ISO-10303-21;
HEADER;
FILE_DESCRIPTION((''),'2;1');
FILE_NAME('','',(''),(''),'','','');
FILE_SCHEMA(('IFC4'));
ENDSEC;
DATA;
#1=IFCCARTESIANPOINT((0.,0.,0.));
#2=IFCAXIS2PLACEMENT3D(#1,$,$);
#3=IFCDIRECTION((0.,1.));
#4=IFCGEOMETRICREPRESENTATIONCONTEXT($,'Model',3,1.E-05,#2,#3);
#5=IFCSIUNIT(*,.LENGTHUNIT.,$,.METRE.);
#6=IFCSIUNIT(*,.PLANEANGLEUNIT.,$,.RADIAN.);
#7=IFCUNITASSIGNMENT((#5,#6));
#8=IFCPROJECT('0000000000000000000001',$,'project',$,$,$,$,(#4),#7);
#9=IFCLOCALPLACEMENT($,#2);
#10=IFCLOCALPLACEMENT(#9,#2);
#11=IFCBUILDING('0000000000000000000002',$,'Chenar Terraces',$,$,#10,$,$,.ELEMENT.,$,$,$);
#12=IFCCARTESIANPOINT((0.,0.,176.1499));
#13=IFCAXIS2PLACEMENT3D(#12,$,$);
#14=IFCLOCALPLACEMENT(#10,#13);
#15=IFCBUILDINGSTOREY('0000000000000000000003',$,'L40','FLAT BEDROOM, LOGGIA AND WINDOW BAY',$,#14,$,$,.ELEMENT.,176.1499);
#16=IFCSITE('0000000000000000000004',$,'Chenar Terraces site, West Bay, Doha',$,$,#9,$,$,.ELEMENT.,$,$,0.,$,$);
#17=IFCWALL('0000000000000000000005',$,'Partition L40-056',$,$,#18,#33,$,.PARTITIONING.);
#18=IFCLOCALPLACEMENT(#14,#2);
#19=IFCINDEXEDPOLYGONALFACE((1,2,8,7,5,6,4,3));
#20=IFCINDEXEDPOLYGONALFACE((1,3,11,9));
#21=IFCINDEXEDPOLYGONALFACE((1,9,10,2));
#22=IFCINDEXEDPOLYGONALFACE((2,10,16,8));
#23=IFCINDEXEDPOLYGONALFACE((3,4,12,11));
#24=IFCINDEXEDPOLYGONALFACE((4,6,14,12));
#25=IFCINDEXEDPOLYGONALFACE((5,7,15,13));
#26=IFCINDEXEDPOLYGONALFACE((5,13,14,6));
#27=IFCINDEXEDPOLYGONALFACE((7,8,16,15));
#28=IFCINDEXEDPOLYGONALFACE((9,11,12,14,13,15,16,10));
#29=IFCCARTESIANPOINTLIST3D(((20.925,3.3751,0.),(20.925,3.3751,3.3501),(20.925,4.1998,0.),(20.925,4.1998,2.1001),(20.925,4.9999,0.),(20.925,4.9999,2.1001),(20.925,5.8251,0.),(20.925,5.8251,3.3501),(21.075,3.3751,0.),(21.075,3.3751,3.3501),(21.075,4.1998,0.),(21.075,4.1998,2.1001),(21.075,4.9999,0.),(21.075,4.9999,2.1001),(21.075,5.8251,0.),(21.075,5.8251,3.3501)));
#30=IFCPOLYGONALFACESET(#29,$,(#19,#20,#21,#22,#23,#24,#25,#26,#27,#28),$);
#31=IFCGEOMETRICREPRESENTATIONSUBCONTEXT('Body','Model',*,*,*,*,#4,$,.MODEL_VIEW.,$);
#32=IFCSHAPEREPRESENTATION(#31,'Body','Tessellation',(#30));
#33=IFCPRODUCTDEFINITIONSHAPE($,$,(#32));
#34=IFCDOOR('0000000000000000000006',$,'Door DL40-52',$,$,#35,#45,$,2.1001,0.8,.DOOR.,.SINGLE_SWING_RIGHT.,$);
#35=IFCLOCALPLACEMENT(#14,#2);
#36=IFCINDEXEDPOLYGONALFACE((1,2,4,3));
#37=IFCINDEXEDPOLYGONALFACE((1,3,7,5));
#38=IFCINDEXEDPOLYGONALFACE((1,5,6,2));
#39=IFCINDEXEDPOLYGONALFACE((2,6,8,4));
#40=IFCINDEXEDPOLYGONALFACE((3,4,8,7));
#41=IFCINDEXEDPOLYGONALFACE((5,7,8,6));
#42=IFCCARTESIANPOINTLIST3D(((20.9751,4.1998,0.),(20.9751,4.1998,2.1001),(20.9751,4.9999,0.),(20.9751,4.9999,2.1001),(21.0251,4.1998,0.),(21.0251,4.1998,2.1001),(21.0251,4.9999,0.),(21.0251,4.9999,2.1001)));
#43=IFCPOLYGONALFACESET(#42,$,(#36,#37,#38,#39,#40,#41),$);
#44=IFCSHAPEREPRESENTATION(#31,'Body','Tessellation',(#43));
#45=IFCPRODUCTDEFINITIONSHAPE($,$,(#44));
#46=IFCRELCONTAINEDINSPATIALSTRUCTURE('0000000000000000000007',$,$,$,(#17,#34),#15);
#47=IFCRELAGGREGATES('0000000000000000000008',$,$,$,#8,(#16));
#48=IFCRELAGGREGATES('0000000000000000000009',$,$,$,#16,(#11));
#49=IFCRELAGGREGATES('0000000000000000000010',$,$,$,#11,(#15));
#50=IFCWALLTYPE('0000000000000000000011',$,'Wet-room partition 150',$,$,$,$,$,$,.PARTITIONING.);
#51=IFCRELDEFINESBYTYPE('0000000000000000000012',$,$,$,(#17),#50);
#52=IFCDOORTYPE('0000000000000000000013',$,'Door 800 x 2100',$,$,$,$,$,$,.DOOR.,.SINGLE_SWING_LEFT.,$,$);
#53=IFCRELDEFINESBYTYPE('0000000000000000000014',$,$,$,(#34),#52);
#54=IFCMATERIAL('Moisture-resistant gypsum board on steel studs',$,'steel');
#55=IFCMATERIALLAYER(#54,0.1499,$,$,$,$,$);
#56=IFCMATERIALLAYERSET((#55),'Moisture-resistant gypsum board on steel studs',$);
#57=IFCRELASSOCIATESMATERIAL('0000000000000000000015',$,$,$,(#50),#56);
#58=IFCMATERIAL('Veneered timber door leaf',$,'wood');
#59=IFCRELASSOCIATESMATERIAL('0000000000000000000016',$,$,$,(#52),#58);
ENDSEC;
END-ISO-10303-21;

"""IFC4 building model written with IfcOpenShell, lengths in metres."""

from ifc_helpers import new_model, si_unit, direction, frame, frame_2d, origin, place, context, subcontext, project, spatial, rectangle, extrude, material, layer, layer_set, type_object, element, fill, save


model = new_model("IFC4")

# Units and contexts
model_context = context("Model", 3, precision=1e-05, world=origin(), true_north=direction((0.0, 1.0)))
body_context = subcontext(model_context, "Body", "Model", "MODEL_VIEW")
ifc_project = project(units=[si_unit("LENGTHUNIT", "METRE"), si_unit("PLANEANGLEUNIT", "RADIAN")], contexts=[model_context])

# Site, building, storey
site_placement = place(None, origin())
site = spatial("IfcSite", under=ifc_project, at=site_placement, Name="Chenar Terraces site, West Bay, Doha", CompositionType="ELEMENT", RefElevation=0.0)
building_placement = place(site_placement, origin())
building = spatial("IfcBuilding", under=site, at=building_placement, Name="Chenar Terraces", CompositionType="ELEMENT")
storey_placement = place(building_placement, frame((0.0, 0.0, 176.1499)))
storey = spatial("IfcBuildingStorey", under=building, at=storey_placement, Name="L40", Description="FLAT BEDROOM, LOGGIA AND WINDOW BAY", CompositionType="ELEMENT", Elevation=176.1499)

# Shared definitions
ifc_material_1 = material(Name="Moisture-resistant gypsum board on steel studs", Category="steel")
ifc_layer_1 = layer(ifc_material_1, 0.1499)
ifc_layer_set_1 = layer_set([ifc_layer_1], Name="Moisture-resistant gypsum board on steel studs")
wall_type_1 = type_object("IfcWallType", Name="Wet-room partition 150", PredefinedType="PARTITIONING", material=ifc_layer_set_1)

# Wall, opening, door
wall_1_placement = place(storey_placement, frame((21.0, 3.375, 0.0), z_axis=(0.0, 0.0, 1.0), x_axis=(0.0, 1.0, 0.0)))
wall_1 = element("IfcWall", 1, at=wall_1_placement, inside=storey, type_object=wall_type_1, Name="Partition L40-056", PredefinedType="PARTITIONING", context=body_context, shape_type="SweptSolid", body=[
    extrude(rectangle(XDim=2.45, YDim=0.1499, at=frame_2d((1.2251, 0.0))), origin(), (0.0, 0.0, 1.0), 3.3501),
])
opening_1_placement = place(wall_1_placement, frame((0.825, 0.0, 0.0)))
opening_1 = element("IfcOpeningElement", 2, at=opening_1_placement, cuts=wall_1, PredefinedType="OPENING", context=body_context, shape_type="SweptSolid", body=[
    extrude(rectangle(XDim=0.8, YDim=2.1001, at=frame_2d((0.3999, 1.05))), frame((0.0, 0.085, 0.0), z_axis=(0.0, -1.0, 0.0), x_axis=(1.0, 0.0, 0.0)), (0.0, 0.0, 1.0), 0.1699),
])
ifc_material_2 = material(Name="Veneered timber door leaf", Category="wood")
door_type = type_object("IfcDoorType", Name="Door 800 x 2100", OperationType="SINGLE_SWING_LEFT", PredefinedType="DOOR", material=ifc_material_2)
door_placement = place(opening_1_placement, origin())
door = element("IfcDoor", 3, at=door_placement, inside=storey, type_object=door_type, Name="Door DL40-52", OperationType="SINGLE_SWING_RIGHT", OverallHeight=2.1001, OverallWidth=0.8, PredefinedType="DOOR", context=body_context, shape_type="SweptSolid", body=[
    extrude(rectangle(XDim=0.8, YDim=2.1001, at=frame_2d((0.3999, 1.05))), frame((0.0, 0.0249, 0.0), z_axis=(0.0, -1.0, 0.0), x_axis=(1.0, 0.0, 0.0)), (0.0, 0.0, 1.0), 0.05),
])
fill(opening_1, door)

save(model, "model.ifc")
